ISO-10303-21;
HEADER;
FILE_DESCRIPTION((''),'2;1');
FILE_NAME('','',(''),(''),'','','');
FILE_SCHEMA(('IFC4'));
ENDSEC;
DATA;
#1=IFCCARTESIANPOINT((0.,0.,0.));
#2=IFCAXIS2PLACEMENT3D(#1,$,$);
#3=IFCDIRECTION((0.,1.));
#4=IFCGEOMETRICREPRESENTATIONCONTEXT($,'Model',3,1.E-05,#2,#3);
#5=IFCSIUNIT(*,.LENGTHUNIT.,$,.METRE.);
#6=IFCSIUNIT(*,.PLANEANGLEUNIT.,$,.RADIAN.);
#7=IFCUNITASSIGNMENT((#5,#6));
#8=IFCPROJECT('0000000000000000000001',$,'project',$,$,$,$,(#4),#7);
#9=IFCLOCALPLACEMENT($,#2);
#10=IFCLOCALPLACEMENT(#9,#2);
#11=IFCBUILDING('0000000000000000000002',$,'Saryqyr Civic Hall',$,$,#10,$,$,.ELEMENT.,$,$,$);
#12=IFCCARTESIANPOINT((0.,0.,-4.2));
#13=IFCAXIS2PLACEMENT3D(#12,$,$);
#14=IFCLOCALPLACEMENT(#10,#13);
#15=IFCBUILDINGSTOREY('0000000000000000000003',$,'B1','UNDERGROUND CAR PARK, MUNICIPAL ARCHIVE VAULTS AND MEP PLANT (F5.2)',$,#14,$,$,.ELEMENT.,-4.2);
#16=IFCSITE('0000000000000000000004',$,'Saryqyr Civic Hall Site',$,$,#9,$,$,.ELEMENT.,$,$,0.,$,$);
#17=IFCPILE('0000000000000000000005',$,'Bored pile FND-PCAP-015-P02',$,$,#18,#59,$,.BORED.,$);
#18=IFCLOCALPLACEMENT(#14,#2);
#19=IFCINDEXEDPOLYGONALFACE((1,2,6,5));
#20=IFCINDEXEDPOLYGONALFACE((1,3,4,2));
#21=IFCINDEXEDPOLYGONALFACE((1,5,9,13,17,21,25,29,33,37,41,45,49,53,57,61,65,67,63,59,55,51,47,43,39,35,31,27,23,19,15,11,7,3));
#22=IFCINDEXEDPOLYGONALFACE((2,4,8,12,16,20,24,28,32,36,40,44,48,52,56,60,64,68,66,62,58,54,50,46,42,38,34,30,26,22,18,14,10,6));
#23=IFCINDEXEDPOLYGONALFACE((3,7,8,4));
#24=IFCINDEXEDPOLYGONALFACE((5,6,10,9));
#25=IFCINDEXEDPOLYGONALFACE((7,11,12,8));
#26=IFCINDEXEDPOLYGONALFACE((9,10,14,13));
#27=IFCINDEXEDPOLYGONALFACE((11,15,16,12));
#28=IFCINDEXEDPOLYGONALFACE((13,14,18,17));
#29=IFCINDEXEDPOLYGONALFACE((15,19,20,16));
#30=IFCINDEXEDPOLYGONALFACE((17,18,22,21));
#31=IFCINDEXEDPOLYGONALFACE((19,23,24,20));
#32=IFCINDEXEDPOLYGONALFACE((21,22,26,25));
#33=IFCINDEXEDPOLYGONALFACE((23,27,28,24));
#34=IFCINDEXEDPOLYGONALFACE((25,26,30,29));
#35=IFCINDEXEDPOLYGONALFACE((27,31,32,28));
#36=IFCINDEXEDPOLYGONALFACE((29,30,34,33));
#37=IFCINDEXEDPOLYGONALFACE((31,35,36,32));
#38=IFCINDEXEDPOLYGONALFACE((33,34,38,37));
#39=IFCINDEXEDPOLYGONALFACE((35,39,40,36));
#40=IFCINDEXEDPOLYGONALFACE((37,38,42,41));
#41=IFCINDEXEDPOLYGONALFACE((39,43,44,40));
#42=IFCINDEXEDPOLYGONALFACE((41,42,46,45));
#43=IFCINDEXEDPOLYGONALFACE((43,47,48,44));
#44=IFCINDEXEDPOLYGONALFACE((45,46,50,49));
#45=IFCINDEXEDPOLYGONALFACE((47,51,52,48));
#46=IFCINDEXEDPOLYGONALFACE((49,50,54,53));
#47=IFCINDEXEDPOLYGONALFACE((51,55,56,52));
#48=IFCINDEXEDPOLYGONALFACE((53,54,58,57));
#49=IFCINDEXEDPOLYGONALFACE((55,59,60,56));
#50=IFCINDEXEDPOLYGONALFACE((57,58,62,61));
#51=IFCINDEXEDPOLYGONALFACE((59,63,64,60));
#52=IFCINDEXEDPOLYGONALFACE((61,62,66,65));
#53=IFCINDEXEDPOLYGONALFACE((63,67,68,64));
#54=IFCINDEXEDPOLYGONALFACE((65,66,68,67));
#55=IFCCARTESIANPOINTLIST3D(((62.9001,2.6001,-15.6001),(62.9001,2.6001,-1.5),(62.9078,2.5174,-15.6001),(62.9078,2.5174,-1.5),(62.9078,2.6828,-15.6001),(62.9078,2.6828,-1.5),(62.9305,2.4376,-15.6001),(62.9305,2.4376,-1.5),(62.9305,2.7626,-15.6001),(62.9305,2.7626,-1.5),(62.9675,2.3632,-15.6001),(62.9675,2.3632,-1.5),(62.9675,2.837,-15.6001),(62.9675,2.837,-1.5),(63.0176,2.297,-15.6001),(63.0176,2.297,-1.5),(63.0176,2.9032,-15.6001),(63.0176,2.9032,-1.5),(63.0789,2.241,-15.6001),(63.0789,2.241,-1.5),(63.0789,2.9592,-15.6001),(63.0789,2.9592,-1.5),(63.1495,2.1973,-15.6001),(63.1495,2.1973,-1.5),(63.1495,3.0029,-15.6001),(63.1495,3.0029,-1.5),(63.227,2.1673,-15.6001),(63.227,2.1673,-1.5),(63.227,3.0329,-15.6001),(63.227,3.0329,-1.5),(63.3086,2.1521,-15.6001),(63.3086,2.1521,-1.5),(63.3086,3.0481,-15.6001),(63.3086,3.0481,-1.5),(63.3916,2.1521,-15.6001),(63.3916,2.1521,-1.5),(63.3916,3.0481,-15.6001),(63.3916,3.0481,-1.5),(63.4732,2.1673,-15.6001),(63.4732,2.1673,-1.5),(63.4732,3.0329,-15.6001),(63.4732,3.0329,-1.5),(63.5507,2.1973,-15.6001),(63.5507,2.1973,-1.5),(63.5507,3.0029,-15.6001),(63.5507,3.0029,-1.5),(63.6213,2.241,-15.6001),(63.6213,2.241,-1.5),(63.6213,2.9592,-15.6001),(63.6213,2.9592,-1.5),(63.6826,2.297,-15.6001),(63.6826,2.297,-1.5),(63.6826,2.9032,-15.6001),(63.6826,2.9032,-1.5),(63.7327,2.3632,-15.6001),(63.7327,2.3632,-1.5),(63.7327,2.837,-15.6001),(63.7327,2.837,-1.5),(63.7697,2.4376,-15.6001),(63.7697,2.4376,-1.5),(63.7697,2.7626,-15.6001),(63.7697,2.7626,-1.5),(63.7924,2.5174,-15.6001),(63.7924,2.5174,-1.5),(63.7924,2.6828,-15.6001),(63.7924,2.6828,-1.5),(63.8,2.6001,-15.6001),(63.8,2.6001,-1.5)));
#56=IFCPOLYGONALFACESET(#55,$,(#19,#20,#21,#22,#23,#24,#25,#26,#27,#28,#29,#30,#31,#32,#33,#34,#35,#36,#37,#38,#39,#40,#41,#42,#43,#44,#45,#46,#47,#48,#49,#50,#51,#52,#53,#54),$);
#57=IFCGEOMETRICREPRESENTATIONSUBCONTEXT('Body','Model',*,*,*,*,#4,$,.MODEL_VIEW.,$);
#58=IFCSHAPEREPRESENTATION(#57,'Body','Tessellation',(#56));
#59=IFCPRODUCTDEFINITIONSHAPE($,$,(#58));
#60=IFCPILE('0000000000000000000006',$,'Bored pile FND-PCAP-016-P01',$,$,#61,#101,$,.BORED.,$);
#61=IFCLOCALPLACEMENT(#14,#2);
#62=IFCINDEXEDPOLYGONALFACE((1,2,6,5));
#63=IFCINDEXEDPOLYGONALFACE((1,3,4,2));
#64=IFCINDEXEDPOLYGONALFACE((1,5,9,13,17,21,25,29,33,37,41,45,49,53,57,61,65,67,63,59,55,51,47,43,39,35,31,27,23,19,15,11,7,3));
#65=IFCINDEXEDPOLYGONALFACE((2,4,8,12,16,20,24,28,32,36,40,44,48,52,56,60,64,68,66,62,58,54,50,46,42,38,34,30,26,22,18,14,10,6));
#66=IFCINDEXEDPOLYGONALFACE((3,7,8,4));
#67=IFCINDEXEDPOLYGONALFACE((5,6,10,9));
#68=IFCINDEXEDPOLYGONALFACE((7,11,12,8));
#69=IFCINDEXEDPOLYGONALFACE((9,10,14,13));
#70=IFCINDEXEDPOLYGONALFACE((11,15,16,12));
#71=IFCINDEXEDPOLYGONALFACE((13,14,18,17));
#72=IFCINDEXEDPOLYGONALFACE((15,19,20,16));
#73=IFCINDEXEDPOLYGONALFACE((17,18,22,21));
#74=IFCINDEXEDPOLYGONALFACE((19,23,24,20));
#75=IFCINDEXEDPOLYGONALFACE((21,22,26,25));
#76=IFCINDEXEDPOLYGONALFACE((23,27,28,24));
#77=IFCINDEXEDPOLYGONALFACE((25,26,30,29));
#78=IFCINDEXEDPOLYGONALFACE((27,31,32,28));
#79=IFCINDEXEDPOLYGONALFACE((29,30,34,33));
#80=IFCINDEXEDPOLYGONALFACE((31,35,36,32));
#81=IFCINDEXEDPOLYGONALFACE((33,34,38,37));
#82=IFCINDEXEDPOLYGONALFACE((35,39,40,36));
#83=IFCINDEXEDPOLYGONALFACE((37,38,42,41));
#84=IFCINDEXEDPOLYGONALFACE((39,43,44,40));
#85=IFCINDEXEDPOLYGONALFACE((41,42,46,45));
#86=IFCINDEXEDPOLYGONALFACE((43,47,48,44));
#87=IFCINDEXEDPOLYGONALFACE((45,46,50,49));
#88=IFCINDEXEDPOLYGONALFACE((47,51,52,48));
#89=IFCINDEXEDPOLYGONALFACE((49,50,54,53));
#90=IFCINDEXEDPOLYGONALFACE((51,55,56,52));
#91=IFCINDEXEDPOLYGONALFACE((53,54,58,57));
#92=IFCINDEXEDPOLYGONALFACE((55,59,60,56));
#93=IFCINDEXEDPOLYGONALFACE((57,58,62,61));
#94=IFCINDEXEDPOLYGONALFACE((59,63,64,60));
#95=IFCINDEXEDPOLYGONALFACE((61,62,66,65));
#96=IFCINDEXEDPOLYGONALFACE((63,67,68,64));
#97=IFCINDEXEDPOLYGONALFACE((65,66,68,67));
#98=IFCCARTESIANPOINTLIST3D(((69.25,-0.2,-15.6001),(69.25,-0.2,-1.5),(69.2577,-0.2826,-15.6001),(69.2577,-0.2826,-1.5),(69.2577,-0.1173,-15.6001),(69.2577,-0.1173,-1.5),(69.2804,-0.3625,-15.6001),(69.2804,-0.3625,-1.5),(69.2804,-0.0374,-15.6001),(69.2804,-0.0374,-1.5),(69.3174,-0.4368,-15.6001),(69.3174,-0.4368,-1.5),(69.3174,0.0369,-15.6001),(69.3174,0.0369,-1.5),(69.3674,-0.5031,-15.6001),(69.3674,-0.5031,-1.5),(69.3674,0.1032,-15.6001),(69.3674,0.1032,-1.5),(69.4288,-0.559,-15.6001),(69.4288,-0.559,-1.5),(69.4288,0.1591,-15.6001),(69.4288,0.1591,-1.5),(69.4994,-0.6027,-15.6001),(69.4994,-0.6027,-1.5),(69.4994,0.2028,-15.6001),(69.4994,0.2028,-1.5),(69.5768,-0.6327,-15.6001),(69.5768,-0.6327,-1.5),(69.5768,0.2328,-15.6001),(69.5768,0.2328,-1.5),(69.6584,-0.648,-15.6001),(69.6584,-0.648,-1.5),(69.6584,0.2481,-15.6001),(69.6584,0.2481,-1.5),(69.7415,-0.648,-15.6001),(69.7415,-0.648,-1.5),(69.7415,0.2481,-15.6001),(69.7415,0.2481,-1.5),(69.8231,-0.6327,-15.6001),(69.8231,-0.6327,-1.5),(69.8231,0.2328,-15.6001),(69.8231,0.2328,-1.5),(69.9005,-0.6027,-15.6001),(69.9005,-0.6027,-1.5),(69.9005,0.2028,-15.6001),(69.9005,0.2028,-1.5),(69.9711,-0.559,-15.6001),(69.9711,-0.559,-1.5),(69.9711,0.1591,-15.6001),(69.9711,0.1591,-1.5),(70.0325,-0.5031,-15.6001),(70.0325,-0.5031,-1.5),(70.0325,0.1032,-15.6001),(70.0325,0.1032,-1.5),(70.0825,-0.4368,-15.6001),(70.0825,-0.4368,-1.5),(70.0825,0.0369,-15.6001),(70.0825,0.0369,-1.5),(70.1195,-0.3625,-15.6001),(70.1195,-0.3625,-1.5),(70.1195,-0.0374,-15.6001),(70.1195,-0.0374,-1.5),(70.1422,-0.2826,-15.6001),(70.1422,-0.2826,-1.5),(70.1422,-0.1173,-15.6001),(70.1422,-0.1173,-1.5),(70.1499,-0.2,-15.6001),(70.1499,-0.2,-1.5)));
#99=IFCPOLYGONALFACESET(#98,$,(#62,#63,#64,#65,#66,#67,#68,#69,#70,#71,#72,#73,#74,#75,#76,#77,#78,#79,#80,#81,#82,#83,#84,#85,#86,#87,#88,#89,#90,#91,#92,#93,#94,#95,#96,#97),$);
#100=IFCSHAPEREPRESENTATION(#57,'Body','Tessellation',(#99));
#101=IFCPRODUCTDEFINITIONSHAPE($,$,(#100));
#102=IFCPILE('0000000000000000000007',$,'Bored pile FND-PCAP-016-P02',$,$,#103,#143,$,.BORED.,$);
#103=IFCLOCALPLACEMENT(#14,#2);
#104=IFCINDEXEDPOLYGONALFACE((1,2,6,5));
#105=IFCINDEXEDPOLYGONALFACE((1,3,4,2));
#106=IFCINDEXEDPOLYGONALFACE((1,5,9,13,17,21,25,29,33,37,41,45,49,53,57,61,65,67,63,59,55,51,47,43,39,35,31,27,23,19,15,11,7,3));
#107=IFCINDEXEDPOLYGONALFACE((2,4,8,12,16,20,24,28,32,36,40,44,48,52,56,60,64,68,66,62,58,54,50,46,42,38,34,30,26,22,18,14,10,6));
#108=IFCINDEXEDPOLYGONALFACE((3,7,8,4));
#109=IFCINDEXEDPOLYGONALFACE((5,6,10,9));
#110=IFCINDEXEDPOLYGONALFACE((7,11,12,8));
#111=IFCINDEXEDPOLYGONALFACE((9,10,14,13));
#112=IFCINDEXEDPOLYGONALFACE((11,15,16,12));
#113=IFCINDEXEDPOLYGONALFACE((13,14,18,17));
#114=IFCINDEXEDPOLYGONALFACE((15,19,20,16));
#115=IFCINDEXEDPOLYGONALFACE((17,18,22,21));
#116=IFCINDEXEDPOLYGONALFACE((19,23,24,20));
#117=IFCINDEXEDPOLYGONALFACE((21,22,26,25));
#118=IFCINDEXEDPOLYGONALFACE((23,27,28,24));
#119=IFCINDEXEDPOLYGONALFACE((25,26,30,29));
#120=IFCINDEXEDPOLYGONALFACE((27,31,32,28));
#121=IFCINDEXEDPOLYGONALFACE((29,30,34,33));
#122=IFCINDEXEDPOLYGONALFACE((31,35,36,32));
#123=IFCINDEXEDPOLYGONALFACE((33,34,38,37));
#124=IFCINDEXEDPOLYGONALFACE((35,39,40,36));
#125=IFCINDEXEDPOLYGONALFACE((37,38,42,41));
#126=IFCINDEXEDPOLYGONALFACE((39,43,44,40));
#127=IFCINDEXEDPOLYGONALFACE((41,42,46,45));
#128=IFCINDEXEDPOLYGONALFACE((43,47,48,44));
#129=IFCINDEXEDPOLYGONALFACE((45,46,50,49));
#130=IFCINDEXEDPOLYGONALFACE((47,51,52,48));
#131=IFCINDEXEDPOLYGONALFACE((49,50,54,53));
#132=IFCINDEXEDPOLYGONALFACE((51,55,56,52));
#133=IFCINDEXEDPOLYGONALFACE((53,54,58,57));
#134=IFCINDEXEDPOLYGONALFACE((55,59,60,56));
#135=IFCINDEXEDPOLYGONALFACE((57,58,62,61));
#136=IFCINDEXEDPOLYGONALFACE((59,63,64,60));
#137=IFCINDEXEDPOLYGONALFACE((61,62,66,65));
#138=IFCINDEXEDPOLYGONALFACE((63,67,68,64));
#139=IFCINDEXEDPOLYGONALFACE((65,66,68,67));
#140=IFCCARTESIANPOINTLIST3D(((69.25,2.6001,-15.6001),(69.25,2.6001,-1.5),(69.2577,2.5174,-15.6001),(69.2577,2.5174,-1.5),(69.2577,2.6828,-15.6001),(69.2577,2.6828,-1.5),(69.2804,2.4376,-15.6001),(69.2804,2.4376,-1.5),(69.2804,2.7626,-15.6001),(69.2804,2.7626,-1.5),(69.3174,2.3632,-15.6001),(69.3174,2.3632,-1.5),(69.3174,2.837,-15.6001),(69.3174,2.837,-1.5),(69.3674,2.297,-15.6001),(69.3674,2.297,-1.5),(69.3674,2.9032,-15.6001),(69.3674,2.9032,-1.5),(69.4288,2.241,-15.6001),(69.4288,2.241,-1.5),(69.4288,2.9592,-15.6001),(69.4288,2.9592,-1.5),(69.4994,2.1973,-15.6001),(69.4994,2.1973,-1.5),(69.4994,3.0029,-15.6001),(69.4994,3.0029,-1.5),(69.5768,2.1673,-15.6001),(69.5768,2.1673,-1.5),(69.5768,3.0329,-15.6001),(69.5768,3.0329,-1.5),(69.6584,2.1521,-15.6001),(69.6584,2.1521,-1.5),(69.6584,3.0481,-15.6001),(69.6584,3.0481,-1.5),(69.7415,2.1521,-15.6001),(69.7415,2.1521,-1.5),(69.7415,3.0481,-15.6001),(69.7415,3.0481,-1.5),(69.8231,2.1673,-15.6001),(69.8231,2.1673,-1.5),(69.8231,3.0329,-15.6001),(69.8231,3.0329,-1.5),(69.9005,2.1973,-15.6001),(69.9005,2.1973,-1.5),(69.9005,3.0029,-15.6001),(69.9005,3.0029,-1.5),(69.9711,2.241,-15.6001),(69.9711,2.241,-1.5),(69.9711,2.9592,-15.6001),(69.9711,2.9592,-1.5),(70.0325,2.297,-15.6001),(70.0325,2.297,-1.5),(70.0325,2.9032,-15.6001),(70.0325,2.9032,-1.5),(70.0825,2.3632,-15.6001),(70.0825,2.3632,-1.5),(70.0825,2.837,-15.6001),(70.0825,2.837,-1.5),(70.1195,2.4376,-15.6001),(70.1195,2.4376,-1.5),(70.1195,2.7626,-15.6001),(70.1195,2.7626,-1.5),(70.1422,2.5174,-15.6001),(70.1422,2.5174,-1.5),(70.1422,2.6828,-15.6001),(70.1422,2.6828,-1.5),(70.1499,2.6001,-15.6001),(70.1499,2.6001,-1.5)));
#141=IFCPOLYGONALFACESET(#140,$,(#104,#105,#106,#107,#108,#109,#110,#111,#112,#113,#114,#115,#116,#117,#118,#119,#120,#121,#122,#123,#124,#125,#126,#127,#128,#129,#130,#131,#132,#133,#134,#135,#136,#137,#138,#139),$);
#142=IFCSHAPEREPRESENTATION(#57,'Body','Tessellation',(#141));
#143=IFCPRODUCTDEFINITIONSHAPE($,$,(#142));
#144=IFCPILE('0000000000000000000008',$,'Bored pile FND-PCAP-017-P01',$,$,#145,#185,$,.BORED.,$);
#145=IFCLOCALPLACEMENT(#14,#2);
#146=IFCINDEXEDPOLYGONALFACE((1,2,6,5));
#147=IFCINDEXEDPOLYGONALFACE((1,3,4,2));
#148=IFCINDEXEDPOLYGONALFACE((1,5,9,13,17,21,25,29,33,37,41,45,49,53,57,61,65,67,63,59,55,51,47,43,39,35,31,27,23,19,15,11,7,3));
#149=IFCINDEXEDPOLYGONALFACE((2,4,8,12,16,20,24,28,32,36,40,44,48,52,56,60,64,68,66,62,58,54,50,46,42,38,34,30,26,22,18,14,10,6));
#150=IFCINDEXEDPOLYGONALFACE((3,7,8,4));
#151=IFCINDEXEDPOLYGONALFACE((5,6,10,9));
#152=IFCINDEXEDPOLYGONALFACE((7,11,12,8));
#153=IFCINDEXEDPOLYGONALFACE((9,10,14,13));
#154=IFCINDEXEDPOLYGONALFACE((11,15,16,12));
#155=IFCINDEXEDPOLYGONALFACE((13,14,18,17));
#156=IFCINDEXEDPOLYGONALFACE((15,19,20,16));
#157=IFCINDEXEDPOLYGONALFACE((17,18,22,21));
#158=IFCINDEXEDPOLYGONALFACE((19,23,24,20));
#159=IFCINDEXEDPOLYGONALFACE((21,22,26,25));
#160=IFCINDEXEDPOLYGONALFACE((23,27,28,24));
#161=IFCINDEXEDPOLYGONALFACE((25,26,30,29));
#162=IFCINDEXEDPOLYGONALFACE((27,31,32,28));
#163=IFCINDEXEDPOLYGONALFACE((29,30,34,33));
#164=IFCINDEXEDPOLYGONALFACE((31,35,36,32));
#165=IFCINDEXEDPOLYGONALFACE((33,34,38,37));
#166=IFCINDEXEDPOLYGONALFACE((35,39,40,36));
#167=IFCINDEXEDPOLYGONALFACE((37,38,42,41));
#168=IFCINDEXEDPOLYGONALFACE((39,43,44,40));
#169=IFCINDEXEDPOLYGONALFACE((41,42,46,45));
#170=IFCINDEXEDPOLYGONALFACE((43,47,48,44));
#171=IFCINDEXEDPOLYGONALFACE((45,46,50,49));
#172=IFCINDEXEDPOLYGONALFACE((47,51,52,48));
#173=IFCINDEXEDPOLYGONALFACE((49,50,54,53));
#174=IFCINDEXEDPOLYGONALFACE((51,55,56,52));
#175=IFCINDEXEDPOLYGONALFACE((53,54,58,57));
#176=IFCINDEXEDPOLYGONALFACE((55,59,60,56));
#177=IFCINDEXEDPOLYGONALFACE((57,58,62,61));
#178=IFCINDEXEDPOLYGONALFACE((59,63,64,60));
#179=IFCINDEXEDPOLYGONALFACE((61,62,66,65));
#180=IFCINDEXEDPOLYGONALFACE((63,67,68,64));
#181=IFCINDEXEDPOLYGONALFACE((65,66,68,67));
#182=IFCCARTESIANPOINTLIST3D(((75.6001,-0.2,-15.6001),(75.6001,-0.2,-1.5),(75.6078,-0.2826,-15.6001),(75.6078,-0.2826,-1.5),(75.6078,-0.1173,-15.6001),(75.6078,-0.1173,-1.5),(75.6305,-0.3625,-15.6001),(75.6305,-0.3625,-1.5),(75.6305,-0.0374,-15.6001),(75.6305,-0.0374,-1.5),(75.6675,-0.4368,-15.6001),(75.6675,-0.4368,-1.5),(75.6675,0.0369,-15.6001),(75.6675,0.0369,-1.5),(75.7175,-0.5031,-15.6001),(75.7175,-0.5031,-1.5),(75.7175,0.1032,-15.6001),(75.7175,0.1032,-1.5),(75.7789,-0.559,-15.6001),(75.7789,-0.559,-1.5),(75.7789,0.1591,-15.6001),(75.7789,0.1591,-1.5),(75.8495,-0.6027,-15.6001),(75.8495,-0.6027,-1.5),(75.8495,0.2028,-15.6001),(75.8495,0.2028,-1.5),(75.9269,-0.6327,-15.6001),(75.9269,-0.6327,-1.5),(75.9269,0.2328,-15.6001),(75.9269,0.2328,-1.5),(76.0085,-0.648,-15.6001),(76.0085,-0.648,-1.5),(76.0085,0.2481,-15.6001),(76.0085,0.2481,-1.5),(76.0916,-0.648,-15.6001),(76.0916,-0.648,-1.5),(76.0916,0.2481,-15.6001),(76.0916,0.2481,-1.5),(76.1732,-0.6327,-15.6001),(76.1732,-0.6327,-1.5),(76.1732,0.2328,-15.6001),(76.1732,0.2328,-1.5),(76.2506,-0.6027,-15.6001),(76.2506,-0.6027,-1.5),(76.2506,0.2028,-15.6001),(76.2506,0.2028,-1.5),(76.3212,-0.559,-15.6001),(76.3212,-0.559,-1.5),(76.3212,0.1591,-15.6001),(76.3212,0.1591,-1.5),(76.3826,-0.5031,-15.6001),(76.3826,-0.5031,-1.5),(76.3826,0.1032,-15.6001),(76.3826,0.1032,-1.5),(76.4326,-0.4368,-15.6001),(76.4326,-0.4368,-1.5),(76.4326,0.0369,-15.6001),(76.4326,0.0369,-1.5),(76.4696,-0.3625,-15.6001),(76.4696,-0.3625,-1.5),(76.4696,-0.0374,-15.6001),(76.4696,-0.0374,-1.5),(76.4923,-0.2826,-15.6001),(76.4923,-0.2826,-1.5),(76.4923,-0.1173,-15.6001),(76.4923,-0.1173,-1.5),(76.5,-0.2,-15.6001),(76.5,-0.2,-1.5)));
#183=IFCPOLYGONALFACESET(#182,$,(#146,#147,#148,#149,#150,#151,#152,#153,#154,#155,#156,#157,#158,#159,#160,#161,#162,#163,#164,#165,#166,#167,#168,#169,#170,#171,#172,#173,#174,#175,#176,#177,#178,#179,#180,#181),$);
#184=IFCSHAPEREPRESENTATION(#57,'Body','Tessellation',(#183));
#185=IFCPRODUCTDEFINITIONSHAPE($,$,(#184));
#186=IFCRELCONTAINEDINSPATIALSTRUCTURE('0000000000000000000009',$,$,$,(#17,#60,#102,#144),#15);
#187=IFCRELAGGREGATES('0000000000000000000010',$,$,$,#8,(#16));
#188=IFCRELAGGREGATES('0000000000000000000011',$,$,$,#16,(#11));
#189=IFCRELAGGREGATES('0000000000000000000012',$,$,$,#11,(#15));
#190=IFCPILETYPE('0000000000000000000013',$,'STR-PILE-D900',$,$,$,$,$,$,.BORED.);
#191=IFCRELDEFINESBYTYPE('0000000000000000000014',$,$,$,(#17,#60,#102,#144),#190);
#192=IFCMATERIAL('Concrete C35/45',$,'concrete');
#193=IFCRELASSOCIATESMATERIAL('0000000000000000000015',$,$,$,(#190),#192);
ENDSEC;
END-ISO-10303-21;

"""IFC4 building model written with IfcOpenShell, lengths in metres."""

from ifc_helpers import new_model, si_unit, direction, frame, origin, origin_2d, place, context, subcontext, project, spatial, circle, extrude, material, material_profile, profile_set, type_object, element, save


model = new_model("IFC4")

# Units and contexts
model_context = context("Model", 3, precision=1e-05, world=origin(), true_north=direction((0.0, 1.0)))
body_context = subcontext(model_context, "Body", "Model", "MODEL_VIEW")
ifc_project = project(units=[si_unit("LENGTHUNIT", "METRE"), si_unit("PLANEANGLEUNIT", "RADIAN")], contexts=[model_context])

# Site, building, storey
site_placement = place(None, origin())
site = spatial("IfcSite", under=ifc_project, at=site_placement, Name="Saryqyr Civic Hall Site", CompositionType="ELEMENT", RefElevation=0.0)
building_placement = place(site_placement, origin())
building = spatial("IfcBuilding", under=site, at=building_placement, Name="Saryqyr Civic Hall", CompositionType="ELEMENT")
storey_placement = place(building_placement, frame((0.0, 0.0, -4.2)))
storey = spatial("IfcBuildingStorey", under=building, at=storey_placement, Name="B1", Description="UNDERGROUND CAR PARK, MUNICIPAL ARCHIVE VAULTS AND MEP PLANT (F5.2)", CompositionType="ELEMENT", Elevation=-4.2)

# Shared definitions
ifc_material_1 = material(Name="Concrete C35/45", Category="concrete")

# Piles
ifc_material_profile_1 = material_profile(ifc_material_1, circle(Radius=0.45, at=origin_2d()), Name="BORED PILE D900")
ifc_profile_set_1 = profile_set([ifc_material_profile_1], Name="Concrete C35/45")
pile_type = type_object("IfcPileType", Name="STR-PILE-D900", PredefinedType="BORED", material=ifc_profile_set_1)
for number, where, z_axis, x_axis, name in (
    (1, (63.3501, 2.6001, -1.5), (0.0, 0.0, -1.0), (1.0, 0.0, 0.0), "Bored pile FND-PCAP-015-P02"),
    (2, (69.7, -0.2, -1.5), (0.0, 0.0, -1.0), (1.0, 0.0, 0.0), "Bored pile FND-PCAP-016-P01"),
    (3, (69.7, 2.6001, -1.5), (0.0, 0.0, -1.0), (1.0, 0.0, 0.0), "Bored pile FND-PCAP-016-P02"),
    (4, (76.05, -0.2, -1.5), (0.0, 0.0, -1.0), (1.0, 0.0, 0.0), "Bored pile FND-PCAP-017-P01"),
):
    element("IfcPile", number, at=place(storey_placement, frame(where, z_axis=z_axis, x_axis=x_axis)), inside=storey, type_object=pile_type, Name=name, PredefinedType="BORED", context=body_context, shape_type="SweptSolid", body=[
        extrude(circle(Radius=0.45, at=origin_2d()), origin(), (0.0, 0.0, 1.0), 14.1001),
    ])

save(model, "model.ifc")
